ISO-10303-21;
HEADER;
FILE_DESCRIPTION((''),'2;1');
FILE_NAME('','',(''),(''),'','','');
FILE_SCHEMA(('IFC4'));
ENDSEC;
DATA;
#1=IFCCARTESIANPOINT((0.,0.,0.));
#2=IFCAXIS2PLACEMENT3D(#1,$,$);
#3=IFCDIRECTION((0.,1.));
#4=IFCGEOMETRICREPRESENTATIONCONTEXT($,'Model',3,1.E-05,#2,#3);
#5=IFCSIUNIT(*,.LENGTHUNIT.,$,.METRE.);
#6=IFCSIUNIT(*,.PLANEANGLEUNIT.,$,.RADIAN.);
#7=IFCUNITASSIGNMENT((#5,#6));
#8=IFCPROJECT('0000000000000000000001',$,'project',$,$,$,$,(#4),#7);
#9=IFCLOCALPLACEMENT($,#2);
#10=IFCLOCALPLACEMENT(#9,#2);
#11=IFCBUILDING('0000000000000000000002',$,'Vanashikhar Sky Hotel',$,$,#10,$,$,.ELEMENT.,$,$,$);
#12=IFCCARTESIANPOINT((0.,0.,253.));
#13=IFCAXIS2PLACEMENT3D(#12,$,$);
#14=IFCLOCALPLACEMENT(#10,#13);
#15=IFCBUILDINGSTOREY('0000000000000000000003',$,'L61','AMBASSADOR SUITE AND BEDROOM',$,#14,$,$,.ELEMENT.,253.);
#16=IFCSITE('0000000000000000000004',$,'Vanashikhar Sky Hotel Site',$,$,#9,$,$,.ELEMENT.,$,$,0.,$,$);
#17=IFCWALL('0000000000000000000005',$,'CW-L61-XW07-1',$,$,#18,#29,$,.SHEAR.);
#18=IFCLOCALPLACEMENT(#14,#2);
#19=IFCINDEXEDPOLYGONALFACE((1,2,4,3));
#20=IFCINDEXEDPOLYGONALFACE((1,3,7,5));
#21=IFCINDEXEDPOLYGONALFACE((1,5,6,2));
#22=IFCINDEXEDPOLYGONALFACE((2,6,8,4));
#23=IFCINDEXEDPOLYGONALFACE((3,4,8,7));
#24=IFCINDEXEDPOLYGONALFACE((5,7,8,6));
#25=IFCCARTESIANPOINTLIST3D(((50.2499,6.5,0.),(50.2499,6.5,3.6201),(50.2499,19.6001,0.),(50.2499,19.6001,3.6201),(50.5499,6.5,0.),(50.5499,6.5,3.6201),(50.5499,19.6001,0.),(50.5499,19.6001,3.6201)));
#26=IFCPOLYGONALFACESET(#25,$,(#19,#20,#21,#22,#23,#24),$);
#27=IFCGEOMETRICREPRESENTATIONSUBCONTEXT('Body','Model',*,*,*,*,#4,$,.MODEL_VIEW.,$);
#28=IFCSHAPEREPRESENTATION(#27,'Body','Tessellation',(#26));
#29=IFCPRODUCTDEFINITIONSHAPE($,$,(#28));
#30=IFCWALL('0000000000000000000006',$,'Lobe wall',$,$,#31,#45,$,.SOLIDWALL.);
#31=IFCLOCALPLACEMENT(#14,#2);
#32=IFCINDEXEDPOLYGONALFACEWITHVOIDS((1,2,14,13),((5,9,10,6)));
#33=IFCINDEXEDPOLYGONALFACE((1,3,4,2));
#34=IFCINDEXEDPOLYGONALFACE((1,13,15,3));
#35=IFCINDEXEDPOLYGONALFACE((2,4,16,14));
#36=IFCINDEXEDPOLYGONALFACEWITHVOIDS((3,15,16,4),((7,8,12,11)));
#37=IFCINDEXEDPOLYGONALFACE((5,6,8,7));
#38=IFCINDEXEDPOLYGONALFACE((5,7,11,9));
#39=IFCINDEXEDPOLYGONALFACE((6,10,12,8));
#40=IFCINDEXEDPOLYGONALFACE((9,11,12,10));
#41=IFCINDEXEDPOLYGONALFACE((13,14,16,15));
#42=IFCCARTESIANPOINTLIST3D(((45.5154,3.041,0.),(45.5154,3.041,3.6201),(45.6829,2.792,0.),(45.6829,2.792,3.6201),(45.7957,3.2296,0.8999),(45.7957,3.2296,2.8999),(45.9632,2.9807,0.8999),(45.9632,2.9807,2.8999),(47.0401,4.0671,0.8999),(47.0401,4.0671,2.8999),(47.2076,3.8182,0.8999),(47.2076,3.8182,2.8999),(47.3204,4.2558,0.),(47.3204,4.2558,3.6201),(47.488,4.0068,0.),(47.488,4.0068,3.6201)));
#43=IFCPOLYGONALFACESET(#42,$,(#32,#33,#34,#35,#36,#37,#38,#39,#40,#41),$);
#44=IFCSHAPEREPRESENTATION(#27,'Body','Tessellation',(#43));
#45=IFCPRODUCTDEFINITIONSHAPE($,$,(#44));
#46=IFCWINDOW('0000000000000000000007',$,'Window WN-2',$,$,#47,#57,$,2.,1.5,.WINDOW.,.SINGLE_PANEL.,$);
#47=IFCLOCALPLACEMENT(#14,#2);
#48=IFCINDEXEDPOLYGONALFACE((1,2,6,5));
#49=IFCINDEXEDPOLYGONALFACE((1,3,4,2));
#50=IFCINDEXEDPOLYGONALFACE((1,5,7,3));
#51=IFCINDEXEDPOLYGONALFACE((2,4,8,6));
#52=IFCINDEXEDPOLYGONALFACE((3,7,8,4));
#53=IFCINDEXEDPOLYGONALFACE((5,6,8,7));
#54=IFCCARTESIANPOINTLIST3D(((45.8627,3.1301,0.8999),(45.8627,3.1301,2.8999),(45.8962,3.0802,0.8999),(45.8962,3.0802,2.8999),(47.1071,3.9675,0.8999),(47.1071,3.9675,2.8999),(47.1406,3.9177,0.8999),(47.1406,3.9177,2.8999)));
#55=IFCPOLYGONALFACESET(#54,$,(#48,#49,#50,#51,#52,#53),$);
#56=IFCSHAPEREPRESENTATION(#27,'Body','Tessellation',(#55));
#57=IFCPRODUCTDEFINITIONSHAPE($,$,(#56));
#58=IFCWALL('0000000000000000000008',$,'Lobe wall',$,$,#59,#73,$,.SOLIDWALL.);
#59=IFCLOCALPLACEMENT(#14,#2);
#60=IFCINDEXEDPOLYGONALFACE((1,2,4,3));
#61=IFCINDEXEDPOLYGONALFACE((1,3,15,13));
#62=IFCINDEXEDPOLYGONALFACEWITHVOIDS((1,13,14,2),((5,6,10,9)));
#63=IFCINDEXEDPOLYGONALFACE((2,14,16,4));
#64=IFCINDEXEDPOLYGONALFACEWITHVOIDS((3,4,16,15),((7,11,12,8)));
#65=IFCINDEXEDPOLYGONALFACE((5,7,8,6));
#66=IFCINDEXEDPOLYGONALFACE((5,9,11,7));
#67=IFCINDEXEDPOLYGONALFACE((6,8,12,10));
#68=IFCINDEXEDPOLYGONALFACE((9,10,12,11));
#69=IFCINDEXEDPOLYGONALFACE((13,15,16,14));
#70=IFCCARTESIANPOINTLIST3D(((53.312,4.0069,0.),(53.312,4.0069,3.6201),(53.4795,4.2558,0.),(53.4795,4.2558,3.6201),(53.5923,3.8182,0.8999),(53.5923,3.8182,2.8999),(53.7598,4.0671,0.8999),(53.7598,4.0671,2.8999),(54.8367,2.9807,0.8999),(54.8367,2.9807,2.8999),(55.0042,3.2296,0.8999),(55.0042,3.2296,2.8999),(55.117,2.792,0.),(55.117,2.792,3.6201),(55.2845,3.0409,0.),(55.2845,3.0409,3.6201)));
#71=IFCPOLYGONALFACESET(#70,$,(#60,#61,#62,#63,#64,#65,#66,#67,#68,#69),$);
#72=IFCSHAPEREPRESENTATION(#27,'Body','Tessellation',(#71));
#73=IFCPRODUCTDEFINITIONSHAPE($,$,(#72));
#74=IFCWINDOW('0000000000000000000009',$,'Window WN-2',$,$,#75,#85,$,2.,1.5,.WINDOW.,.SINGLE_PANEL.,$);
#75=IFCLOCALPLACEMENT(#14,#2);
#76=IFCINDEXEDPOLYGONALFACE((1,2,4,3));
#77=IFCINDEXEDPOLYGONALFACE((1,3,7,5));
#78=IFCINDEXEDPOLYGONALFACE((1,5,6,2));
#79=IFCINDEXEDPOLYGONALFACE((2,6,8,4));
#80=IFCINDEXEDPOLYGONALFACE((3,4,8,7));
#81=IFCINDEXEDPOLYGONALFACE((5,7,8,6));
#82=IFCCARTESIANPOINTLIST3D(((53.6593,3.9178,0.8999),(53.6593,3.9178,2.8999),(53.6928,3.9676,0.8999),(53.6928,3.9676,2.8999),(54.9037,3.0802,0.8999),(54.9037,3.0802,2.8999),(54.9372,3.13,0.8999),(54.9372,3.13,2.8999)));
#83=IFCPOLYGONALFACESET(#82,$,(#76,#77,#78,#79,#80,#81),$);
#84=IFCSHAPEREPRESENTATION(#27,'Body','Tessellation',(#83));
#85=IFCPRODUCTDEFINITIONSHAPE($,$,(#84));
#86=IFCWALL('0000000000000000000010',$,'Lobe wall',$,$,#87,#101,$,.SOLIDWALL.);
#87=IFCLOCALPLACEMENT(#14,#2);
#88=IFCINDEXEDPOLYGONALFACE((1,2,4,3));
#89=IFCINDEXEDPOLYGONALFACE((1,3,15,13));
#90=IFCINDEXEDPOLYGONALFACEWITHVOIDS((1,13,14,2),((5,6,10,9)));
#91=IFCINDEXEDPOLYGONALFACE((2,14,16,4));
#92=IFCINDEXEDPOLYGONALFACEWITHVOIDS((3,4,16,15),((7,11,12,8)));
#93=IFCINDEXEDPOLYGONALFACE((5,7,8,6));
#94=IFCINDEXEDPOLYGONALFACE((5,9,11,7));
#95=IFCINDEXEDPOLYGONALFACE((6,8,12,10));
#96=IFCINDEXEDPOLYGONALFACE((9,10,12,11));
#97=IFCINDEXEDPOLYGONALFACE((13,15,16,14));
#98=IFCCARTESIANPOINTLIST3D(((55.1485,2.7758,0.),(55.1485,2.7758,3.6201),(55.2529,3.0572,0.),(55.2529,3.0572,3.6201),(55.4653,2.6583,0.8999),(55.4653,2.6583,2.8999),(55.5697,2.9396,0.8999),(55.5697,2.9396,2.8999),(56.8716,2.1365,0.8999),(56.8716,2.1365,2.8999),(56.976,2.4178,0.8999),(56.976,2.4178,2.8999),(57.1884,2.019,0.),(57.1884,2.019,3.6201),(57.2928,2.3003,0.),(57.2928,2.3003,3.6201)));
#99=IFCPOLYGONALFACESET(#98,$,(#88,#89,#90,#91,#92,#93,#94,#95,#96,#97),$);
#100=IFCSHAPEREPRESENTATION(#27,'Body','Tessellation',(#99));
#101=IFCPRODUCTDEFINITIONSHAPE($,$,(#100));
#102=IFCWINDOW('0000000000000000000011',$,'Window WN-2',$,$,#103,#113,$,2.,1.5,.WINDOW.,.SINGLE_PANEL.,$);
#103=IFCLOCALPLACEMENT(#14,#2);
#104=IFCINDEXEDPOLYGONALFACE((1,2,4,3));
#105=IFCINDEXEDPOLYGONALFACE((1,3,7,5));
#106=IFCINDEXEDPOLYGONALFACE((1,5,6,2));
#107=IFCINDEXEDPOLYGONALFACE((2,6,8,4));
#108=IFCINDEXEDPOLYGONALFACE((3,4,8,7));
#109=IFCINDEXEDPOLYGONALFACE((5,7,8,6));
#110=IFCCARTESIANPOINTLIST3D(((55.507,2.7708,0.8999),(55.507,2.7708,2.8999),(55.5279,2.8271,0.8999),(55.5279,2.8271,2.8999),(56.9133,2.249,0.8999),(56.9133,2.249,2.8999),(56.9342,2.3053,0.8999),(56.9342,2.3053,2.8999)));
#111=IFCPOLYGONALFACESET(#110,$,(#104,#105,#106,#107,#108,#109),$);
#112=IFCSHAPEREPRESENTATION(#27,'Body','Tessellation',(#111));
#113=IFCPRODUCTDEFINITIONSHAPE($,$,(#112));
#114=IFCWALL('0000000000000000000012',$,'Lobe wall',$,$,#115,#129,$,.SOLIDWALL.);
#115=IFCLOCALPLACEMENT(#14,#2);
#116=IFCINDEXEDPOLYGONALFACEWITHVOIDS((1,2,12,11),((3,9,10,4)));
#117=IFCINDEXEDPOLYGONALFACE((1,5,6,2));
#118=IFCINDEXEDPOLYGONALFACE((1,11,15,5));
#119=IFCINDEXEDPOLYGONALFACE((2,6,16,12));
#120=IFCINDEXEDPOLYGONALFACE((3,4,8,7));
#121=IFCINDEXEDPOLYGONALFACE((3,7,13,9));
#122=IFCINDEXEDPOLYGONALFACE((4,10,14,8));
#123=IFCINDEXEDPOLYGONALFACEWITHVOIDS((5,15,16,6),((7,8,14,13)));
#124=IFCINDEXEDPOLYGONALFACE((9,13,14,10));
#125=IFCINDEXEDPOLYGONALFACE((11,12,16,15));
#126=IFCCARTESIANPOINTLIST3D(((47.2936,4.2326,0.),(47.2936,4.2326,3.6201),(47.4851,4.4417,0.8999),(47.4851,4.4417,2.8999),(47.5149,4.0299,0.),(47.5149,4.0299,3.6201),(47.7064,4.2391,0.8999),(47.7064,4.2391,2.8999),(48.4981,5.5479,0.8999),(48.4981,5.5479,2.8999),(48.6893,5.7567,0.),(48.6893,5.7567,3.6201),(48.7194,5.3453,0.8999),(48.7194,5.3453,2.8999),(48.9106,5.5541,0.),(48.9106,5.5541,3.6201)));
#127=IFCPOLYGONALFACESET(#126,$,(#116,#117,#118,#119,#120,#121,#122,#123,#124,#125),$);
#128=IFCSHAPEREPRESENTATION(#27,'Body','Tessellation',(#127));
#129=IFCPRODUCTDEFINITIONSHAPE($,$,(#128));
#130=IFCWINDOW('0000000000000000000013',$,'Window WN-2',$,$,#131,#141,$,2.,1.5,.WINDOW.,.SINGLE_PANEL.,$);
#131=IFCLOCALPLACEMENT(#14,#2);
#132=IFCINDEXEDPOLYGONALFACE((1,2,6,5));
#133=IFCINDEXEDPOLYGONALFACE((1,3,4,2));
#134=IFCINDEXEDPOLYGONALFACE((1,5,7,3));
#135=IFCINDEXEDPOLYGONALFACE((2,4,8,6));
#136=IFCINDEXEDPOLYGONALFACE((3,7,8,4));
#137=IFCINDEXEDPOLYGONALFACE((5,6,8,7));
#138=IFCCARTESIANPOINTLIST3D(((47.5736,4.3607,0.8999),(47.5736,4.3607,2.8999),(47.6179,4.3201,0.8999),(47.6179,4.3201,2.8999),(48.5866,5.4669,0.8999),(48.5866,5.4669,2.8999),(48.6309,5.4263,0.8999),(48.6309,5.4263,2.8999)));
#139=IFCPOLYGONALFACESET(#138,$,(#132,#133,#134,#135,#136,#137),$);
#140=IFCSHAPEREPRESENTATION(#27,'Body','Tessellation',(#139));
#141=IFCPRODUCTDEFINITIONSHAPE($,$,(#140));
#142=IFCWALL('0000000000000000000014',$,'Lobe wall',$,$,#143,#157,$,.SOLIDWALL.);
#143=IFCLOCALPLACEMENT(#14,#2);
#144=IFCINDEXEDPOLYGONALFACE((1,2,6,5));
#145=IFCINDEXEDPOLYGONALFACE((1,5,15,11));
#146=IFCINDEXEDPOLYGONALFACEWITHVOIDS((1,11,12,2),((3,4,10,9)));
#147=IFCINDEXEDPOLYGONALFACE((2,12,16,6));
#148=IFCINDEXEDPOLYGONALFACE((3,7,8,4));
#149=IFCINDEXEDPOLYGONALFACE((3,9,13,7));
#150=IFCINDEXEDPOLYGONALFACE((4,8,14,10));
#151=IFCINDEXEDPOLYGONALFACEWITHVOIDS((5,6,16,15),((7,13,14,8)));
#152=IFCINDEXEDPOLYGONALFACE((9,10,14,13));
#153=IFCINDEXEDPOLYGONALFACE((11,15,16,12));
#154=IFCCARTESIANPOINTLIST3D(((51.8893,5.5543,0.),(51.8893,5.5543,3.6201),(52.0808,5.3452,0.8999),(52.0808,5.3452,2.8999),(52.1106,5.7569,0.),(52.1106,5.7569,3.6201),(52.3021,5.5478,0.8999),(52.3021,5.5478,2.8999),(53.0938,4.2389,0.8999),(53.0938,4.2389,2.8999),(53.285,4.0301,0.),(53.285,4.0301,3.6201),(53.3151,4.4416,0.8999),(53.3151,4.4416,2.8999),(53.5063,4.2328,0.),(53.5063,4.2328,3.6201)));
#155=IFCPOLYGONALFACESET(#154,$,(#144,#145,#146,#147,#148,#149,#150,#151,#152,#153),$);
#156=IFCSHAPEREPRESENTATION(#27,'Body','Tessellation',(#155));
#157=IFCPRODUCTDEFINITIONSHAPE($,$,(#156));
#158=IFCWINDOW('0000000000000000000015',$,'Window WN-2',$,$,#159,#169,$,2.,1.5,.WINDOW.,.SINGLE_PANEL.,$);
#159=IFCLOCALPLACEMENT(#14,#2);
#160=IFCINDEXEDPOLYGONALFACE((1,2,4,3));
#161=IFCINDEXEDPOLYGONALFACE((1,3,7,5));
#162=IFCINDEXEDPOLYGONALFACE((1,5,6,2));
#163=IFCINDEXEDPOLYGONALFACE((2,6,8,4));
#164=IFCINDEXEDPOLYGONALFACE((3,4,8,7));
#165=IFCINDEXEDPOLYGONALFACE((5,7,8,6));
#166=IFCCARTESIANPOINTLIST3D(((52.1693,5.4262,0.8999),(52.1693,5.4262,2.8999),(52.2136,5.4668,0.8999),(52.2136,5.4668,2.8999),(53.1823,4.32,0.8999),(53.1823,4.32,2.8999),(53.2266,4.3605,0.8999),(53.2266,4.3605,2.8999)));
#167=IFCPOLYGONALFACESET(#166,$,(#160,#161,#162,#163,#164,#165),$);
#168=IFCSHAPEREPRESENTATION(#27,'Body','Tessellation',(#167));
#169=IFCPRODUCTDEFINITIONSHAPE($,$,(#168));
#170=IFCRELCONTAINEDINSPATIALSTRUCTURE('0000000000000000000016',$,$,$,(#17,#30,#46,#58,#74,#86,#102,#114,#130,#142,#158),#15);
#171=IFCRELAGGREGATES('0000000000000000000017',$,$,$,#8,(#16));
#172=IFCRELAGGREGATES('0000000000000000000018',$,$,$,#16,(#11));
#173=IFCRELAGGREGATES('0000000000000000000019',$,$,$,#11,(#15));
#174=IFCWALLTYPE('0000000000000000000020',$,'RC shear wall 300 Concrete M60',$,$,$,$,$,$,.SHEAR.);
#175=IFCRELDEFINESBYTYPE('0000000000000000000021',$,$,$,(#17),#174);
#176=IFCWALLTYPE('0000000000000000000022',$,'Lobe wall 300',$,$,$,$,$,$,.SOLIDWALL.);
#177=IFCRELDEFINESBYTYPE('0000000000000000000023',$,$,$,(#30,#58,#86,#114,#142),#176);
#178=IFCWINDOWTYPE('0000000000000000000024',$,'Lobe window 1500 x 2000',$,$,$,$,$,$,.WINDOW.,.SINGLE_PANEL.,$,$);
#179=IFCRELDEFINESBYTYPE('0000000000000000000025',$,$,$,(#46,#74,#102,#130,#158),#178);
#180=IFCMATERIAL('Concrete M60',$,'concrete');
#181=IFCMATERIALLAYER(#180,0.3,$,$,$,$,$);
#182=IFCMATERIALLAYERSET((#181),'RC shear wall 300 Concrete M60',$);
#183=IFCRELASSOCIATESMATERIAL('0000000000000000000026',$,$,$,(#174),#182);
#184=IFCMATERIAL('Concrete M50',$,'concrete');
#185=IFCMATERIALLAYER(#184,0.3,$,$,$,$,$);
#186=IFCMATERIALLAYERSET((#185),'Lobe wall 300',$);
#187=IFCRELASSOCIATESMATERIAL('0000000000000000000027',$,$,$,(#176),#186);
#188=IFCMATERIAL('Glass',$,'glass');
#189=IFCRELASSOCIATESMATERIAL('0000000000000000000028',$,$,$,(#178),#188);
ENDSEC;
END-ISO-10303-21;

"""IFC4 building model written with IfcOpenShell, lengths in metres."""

from ifc_helpers import new_model, si_unit, direction, frame, frame_2d, origin, place, context, subcontext, project, spatial, rectangle, extrude, source, transform, mapped, material, layer, layer_set, type_object, element, fill, save


model = new_model("IFC4")

# Units and contexts
model_context = context("Model", 3, precision=1e-05, world=origin(), true_north=direction((0.0, 1.0)))
body_context = subcontext(model_context, "Body", "Model", "MODEL_VIEW")
ifc_project = project(units=[si_unit("LENGTHUNIT", "METRE"), si_unit("PLANEANGLEUNIT", "RADIAN")], contexts=[model_context])

# Site, building, storey
site_placement = place(None, origin())
site = spatial("IfcSite", under=ifc_project, at=site_placement, Name="Vanashikhar Sky Hotel Site", CompositionType="ELEMENT", RefElevation=0.0)
building_placement = place(site_placement, origin())
building = spatial("IfcBuilding", under=site, at=building_placement, Name="Vanashikhar Sky Hotel", CompositionType="ELEMENT")
storey_placement = place(building_placement, frame((0.0, 0.0, 253.0)))
storey = spatial("IfcBuildingStorey", under=building, at=storey_placement, Name="L61", Description="AMBASSADOR SUITE AND BEDROOM", CompositionType="ELEMENT", Elevation=253.0)

# Wall
ifc_material_1 = material(Name="Concrete M60", Category="concrete")
ifc_layer_1 = layer(ifc_material_1, 0.3)
ifc_layer_set_1 = layer_set([ifc_layer_1], Name="RC shear wall 300 Concrete M60")
wall_type_1 = type_object("IfcWallType", Name="RC shear wall 300 Concrete M60", PredefinedType="SHEAR", material=ifc_layer_set_1)
shared_shape_1 = source(origin(), body_context, "Body", "SweptSolid", [
    extrude(rectangle(XDim=13.1001, YDim=0.3, at=frame_2d((6.55, 0.0))), origin(), (0.0, 0.0, 1.0), 3.6201),
])
wall_1_placement = place(storey_placement, frame((50.3999, 6.5, 0.0), z_axis=(0.0, 0.0, 1.0), x_axis=(0.0, 1.0, 0.0)))
element("IfcWall", 1, at=wall_1_placement, inside=storey, type_object=wall_type_1, Name="CW-L61-XW07-1", PredefinedType="SHEAR", context=body_context, shape_type="MappedRepresentation", body=[
    mapped(shared_shape_1, transform((0.0, 0.0, 0.0), scale=1.0)),
])

# Walls, openings, windows
ifc_material_2 = material(Name="Concrete M50", Category="concrete")
ifc_layer_2 = layer(ifc_material_2, 0.3)
ifc_layer_set_2 = layer_set([ifc_layer_2], Name="Lobe wall 300")
wall_type_2 = type_object("IfcWallType", Name="Lobe wall 300", PredefinedType="SOLIDWALL", material=ifc_layer_set_2)
shared_shape_2 = source(origin(), body_context, "Body", "SweptSolid", [
    extrude(rectangle(XDim=2.1758, YDim=0.3, at=frame_2d((1.0879, 0.0))), origin(), (0.0, 0.0, 1.0), 3.6201),
])
wall_2_placement = place(storey_placement, frame((45.5991, 2.9165, 0.0), z_axis=(0.0, 0.0, 1.0), x_axis=(0.829626, 0.55832, 0.0)))
wall_2 = element("IfcWall", 2, at=wall_2_placement, inside=storey, type_object=wall_type_2, Name="Lobe wall", PredefinedType="SOLIDWALL", context=body_context, shape_type="MappedRepresentation", body=[
    mapped(shared_shape_2, transform((0.0, 0.0, 0.0), scale=1.0)),
])
shared_shape_3 = source(origin(), body_context, "Body", "SweptSolid", [
    extrude(rectangle(XDim=1.5, YDim=2.0, at=frame_2d((0.75, 1.0))), frame((0.0, 0.1602, 0.0), z_axis=(0.0, -1.0, 0.0), x_axis=(1.0, 0.0, 0.0)), (0.0, 0.0, 1.0), 0.3201),
])
opening_1_placement = place(wall_2_placement, frame((0.3379, 0.0, 0.8999)))
opening_1 = element("IfcOpeningElement", 3, at=opening_1_placement, cuts=wall_2, PredefinedType="OPENING", context=body_context, shape_type="MappedRepresentation", body=[
    mapped(shared_shape_3, transform((0.0, 0.0, 0.0), scale=1.0)),
])
ifc_material_3 = material(Name="Glass", Category="glass")
window_type = type_object("IfcWindowType", Name="Lobe window 1500 x 2000", PartitioningType="SINGLE_PANEL", PredefinedType="WINDOW", material=ifc_material_3)
shared_shape_4 = source(origin(), body_context, "Body", "SweptSolid", [
    extrude(rectangle(XDim=1.5, YDim=2.0, at=frame_2d((0.75, 1.0))), frame((0.0, 0.03, 0.0), z_axis=(0.0, -1.0, 0.0), x_axis=(1.0, 0.0, 0.0)), (0.0, 0.0, 1.0), 0.0601),
])
window_1_placement = place(opening_1_placement, origin())
window_1 = element("IfcWindow", 4, at=window_1_placement, inside=storey, type_object=window_type, Name="Window WN-2", OverallHeight=2.0, OverallWidth=1.5, PartitioningType="SINGLE_PANEL", PredefinedType="WINDOW", context=body_context, shape_type="MappedRepresentation", body=[
    mapped(shared_shape_4, transform((0.0, 0.0, 0.0), scale=1.0)),
])
fill(opening_1, window_1)
wall_3_placement = place(storey_placement, frame((53.3958, 4.1313, 0.0), z_axis=(0.0, 0.0, 1.0), x_axis=(0.829591, -0.558372, 0.0)))
wall_3 = element("IfcWall", 5, at=wall_3_placement, inside=storey, type_object=wall_type_2, Name="Lobe wall", PredefinedType="SOLIDWALL", context=body_context, shape_type="MappedRepresentation", body=[
    mapped(shared_shape_2, transform((0.0, 0.0, 0.0), scale=1.0)),
])
opening_2_placement = place(wall_3_placement, frame((0.3379, 0.0, 0.8999)))
opening_2 = element("IfcOpeningElement", 6, at=opening_2_placement, cuts=wall_3, PredefinedType="OPENING", context=body_context, shape_type="MappedRepresentation", body=[
    mapped(shared_shape_3, transform((0.0, 0.0, 0.0), scale=1.0)),
])
window_2_placement = place(opening_2_placement, origin())
window_2 = element("IfcWindow", 7, at=window_2_placement, inside=storey, type_object=window_type, Name="Window WN-2", OverallHeight=2.0, OverallWidth=1.5, PartitioningType="SINGLE_PANEL", PredefinedType="WINDOW", context=body_context, shape_type="MappedRepresentation", body=[
    mapped(shared_shape_4, transform((0.0, 0.0, 0.0), scale=1.0)),
])
fill(opening_2, window_2)
wall_4_placement = place(storey_placement, frame((55.2007, 2.9165, 0.0), z_axis=(0.0, 0.0, 1.0), x_axis=(0.937546, -0.347863, 0.0)))
wall_4 = element("IfcWall", 8, at=wall_4_placement, inside=storey, type_object=wall_type_2, Name="Lobe wall", PredefinedType="SOLIDWALL", context=body_context, shape_type="MappedRepresentation", body=[
    mapped(shared_shape_2, transform((0.0, 0.0, 0.0), scale=1.0)),
])
opening_3_placement = place(wall_4_placement, frame((0.3379, 0.0, 0.8999)))
opening_3 = element("IfcOpeningElement", 9, at=opening_3_placement, cuts=wall_4, PredefinedType="OPENING", context=body_context, shape_type="MappedRepresentation", body=[
    mapped(shared_shape_3, transform((0.0, 0.0, 0.0), scale=1.0)),
])
window_3_placement = place(opening_3_placement, origin())
window_3 = element("IfcWindow", 10, at=window_3_placement, inside=storey, type_object=window_type, Name="Window WN-2", OverallHeight=2.0, OverallWidth=1.5, PartitioningType="SINGLE_PANEL", PredefinedType="WINDOW", context=body_context, shape_type="MappedRepresentation", body=[
    mapped(shared_shape_4, transform((0.0, 0.0, 0.0), scale=1.0)),
])
fill(opening_3, window_3)
shared_shape_5 = source(origin(), body_context, "Body", "SweptSolid", [
    extrude(rectangle(XDim=2.0667, YDim=0.3, at=frame_2d((1.0332, 0.0))), origin(), (0.0, 0.0, 1.0), 3.6201),
])
wall_5_placement = place(storey_placement, frame((47.4043, 4.1313, 0.0), z_axis=(0.0, 0.0, 1.0), x_axis=(0.675355, 0.737492, 0.0)))
wall_5 = element("IfcWall", 11, at=wall_5_placement, inside=storey, type_object=wall_type_2, Name="Lobe wall", PredefinedType="SOLIDWALL", context=body_context, shape_type="MappedRepresentation", body=[
    mapped(shared_shape_5, transform((0.0, 0.0, 0.0), scale=1.0)),
])
opening_4_placement = place(wall_5_placement, frame((0.2834, 0.0, 0.8999)))
opening_4 = element("IfcOpeningElement", 12, at=opening_4_placement, cuts=wall_5, PredefinedType="OPENING", context=body_context, shape_type="MappedRepresentation", body=[
    mapped(shared_shape_3, transform((0.0, 0.0, 0.0), scale=1.0)),
])
window_4_placement = place(opening_4_placement, origin())
window_4 = element("IfcWindow", 13, at=window_4_placement, inside=storey, type_object=window_type, Name="Window WN-2", OverallHeight=2.0, OverallWidth=1.5, PartitioningType="SINGLE_PANEL", PredefinedType="WINDOW", context=body_context, shape_type="MappedRepresentation", body=[
    mapped(shared_shape_4, transform((0.0, 0.0, 0.0), scale=1.0)),
])
fill(opening_4, window_4)
wall_6_placement = place(storey_placement, frame((52.0, 5.6555, 0.0), z_axis=(0.0, 0.0, 1.0), x_axis=(0.675355, -0.737492, 0.0)))
wall_6 = element("IfcWall", 14, at=wall_6_placement, inside=storey, type_object=wall_type_2, Name="Lobe wall", PredefinedType="SOLIDWALL", context=body_context, shape_type="MappedRepresentation", body=[
    mapped(shared_shape_5, transform((0.0, 0.0, 0.0), scale=1.0)),
])
opening_5_placement = place(wall_6_placement, frame((0.2834, 0.0, 0.8999)))
opening_5 = element("IfcOpeningElement", 15, at=opening_5_placement, cuts=wall_6, PredefinedType="OPENING", context=body_context, shape_type="MappedRepresentation", body=[
    mapped(shared_shape_3, transform((0.0, 0.0, 0.0), scale=1.0)),
])
window_5_placement = place(opening_5_placement, origin())
window_5 = element("IfcWindow", 16, at=window_5_placement, inside=storey, type_object=window_type, Name="Window WN-2", OverallHeight=2.0, OverallWidth=1.5, PartitioningType="SINGLE_PANEL", PredefinedType="WINDOW", context=body_context, shape_type="MappedRepresentation", body=[
    mapped(shared_shape_4, transform((0.0, 0.0, 0.0), scale=1.0)),
])
fill(opening_5, window_5)

save(model, "model.ifc")
